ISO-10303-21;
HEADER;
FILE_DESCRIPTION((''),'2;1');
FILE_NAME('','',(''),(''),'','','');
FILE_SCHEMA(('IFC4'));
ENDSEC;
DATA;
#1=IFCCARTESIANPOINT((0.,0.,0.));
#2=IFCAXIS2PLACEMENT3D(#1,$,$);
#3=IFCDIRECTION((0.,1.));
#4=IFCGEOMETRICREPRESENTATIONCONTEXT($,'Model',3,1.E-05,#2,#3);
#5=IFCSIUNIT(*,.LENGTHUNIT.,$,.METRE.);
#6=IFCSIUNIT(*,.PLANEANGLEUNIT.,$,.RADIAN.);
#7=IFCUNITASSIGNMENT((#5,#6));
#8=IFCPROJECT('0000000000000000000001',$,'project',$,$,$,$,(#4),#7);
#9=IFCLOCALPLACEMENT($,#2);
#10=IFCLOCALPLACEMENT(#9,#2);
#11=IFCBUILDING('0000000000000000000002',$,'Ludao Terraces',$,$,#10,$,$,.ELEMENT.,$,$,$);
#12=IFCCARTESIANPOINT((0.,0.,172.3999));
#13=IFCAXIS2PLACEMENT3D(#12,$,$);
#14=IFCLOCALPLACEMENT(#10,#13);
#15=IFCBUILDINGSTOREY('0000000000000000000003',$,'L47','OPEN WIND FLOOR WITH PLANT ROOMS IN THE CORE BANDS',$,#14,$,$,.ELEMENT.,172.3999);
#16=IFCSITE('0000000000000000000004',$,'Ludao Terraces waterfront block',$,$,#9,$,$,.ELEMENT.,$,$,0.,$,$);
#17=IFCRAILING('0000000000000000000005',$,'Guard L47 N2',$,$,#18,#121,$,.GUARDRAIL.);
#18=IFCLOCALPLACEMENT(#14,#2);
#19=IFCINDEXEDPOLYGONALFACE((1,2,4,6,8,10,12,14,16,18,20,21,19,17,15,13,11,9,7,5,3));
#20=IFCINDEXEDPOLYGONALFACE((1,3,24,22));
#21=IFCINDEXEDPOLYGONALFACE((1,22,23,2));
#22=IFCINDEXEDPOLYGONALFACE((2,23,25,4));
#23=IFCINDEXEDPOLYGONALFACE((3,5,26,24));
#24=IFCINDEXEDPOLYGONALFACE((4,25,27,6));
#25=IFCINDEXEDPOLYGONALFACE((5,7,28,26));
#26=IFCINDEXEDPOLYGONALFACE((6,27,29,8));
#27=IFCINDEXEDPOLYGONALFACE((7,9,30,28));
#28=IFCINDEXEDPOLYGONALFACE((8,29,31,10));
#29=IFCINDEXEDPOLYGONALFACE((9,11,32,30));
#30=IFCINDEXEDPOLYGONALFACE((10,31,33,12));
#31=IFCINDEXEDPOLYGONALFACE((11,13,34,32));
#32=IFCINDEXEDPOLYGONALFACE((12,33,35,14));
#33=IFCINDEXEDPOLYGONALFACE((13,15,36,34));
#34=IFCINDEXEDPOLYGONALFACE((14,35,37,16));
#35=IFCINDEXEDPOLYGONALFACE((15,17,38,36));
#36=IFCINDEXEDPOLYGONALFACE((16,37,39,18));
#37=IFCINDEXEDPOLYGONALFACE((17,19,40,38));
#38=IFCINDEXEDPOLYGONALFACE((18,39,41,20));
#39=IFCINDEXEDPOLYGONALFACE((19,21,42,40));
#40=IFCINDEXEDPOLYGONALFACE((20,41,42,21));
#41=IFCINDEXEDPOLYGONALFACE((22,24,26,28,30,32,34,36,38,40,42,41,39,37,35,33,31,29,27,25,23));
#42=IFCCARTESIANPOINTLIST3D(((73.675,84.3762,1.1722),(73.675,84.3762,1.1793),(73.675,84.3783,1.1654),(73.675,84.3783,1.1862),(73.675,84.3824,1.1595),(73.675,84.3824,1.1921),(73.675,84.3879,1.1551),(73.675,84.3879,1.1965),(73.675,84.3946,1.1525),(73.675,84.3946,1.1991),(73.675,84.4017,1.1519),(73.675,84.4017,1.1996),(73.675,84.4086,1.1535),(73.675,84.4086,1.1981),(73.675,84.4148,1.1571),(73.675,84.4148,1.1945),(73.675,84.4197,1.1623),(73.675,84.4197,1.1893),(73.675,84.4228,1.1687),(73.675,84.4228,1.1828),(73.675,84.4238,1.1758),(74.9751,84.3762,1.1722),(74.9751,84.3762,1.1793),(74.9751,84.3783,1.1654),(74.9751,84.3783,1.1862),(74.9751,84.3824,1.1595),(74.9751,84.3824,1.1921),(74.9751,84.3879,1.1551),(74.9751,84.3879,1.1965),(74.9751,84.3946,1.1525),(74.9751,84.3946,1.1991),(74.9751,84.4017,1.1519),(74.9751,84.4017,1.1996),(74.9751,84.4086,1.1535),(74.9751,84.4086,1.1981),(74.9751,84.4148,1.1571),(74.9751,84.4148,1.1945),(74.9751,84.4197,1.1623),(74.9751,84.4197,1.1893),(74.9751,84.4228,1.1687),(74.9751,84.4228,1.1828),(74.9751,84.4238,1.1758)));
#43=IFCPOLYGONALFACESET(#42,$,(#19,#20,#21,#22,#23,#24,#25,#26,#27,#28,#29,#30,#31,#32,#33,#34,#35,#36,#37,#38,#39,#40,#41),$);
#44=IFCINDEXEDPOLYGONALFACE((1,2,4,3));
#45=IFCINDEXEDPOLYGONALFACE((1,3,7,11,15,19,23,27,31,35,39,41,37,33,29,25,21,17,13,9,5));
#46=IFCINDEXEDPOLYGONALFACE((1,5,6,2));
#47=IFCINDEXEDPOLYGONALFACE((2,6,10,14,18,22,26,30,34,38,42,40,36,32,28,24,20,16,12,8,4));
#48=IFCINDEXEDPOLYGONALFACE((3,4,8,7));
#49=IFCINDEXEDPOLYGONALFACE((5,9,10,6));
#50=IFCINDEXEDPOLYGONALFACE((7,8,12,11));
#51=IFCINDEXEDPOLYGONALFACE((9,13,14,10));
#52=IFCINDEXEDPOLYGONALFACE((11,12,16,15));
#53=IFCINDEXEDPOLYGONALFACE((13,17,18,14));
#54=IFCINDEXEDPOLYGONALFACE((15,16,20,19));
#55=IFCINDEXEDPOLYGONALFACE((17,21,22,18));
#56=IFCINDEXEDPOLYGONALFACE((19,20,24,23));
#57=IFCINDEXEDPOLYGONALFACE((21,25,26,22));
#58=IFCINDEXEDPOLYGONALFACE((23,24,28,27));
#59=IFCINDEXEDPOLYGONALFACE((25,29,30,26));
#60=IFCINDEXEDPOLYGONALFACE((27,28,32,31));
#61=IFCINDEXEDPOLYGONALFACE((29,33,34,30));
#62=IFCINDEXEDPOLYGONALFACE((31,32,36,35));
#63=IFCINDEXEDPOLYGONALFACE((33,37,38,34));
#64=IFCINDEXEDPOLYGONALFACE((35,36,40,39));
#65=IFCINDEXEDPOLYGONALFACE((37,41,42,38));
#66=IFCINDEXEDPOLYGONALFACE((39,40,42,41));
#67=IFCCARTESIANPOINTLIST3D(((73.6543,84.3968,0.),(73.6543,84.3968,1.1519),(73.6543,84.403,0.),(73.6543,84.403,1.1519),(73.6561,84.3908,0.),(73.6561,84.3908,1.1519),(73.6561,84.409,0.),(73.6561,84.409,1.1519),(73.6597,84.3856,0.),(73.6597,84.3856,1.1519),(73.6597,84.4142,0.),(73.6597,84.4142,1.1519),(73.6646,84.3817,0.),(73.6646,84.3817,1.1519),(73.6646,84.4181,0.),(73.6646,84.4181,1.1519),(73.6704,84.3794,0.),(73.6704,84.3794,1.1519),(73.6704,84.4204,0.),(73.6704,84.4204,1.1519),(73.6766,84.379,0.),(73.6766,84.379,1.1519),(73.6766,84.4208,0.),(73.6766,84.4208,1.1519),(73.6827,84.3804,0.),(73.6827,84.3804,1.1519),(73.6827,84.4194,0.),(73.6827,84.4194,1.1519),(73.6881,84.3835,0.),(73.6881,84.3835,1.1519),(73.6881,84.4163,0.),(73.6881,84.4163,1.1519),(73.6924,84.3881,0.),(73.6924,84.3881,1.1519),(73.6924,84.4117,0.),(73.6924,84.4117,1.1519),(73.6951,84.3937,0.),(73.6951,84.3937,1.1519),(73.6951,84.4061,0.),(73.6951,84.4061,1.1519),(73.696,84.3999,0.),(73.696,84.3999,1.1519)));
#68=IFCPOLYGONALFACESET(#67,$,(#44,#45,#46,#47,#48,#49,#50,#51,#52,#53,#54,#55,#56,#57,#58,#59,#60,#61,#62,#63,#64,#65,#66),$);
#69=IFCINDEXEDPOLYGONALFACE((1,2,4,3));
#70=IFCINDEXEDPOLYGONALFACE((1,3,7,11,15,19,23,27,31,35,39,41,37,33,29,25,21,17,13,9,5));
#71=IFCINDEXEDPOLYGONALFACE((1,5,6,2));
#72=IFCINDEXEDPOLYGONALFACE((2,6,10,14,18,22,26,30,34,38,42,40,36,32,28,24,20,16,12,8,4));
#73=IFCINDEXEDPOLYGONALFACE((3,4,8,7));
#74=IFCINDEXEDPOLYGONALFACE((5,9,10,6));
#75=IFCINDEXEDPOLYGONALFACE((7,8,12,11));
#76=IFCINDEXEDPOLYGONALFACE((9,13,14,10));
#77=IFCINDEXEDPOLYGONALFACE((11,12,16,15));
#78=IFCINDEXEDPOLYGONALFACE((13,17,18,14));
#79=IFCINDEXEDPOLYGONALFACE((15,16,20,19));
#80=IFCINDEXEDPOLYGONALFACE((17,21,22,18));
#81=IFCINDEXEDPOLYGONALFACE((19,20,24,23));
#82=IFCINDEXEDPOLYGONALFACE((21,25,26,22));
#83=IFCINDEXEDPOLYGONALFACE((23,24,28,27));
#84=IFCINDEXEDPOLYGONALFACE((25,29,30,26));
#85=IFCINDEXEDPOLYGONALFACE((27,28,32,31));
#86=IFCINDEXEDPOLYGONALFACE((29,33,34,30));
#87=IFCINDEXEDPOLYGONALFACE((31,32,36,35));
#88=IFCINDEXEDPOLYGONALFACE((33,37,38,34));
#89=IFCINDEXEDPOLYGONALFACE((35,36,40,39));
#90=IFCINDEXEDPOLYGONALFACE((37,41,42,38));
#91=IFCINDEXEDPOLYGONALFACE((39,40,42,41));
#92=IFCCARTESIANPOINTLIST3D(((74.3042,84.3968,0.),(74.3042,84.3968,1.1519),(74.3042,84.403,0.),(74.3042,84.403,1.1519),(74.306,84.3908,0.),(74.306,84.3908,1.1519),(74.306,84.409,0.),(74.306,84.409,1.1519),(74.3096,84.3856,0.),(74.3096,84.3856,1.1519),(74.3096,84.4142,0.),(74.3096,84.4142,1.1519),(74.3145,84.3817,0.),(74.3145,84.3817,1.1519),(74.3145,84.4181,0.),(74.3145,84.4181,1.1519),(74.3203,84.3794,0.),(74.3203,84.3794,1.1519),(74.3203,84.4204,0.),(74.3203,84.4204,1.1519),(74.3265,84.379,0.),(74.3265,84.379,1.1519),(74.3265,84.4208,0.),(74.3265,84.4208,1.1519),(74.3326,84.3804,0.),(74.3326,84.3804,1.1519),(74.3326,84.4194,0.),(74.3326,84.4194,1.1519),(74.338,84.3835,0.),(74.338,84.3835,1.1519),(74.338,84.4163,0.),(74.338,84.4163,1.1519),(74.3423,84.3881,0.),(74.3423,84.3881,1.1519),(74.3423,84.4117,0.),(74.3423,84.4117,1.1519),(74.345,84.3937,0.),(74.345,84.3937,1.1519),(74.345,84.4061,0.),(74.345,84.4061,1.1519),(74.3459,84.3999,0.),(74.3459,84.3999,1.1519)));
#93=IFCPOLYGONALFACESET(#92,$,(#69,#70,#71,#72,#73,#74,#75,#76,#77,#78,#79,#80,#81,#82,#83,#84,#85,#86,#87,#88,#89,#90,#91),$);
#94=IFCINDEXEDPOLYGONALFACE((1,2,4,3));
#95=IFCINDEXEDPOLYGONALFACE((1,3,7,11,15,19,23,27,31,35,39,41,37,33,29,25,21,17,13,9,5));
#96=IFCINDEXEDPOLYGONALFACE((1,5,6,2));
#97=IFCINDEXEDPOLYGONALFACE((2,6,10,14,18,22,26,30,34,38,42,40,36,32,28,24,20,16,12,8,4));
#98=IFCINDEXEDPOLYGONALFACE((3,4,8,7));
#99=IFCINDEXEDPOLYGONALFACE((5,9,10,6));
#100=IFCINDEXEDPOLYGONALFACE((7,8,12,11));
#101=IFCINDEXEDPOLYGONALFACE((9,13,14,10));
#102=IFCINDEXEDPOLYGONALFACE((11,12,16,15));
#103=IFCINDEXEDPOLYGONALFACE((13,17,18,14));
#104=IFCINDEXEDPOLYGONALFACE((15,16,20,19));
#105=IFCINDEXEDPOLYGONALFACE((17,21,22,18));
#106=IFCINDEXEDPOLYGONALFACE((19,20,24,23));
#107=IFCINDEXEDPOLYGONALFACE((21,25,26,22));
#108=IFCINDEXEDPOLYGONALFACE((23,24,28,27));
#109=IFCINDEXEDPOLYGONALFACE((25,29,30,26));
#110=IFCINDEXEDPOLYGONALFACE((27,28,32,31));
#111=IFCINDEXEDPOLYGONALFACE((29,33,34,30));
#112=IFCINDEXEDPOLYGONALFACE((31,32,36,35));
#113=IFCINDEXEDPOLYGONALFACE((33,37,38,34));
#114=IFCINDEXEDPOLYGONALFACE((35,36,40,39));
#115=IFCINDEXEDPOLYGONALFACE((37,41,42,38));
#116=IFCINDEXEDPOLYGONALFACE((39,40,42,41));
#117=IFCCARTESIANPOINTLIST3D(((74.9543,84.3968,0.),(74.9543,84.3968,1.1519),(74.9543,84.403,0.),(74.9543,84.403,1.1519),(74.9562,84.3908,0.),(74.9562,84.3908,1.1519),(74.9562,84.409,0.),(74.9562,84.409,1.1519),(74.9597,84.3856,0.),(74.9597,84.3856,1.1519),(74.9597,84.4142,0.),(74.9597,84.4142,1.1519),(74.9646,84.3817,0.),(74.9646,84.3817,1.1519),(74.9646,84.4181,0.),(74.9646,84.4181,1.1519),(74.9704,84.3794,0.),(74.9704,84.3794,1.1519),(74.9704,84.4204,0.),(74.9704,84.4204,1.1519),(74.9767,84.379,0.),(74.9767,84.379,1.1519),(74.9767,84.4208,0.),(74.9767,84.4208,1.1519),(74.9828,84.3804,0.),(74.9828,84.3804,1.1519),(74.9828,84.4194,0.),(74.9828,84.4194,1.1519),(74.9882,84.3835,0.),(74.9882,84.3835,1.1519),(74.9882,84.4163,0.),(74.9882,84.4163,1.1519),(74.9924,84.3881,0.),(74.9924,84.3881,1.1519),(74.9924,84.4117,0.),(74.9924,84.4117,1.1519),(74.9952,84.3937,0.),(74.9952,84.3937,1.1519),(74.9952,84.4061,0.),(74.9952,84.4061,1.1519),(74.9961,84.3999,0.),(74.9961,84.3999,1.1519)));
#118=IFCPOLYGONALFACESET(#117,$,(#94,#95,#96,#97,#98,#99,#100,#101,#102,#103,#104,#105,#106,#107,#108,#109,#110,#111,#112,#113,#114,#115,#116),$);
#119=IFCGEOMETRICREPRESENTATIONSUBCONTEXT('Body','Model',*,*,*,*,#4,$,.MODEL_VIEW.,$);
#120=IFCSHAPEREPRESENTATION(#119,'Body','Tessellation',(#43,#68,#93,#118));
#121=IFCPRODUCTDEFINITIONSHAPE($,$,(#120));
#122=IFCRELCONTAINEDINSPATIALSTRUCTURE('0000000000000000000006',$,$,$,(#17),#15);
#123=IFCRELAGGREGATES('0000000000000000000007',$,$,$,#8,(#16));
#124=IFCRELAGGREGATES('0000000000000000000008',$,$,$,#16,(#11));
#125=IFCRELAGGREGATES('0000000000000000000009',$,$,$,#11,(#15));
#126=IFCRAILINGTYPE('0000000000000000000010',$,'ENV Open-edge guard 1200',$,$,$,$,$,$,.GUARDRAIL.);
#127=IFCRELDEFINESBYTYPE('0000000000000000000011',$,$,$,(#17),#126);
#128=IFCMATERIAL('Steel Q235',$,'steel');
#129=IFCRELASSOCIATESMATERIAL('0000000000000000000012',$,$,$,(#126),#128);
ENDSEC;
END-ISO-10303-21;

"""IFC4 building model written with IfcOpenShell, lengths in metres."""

from ifc_helpers import new_model, si_unit, direction, frame, origin, origin_2d, place, context, subcontext, project, spatial, circle, extrude, material, type_object, element, save


model = new_model("IFC4")

# Units and contexts
model_context = context("Model", 3, precision=1e-05, world=origin(), true_north=direction((0.0, 1.0)))
body_context = subcontext(model_context, "Body", "Model", "MODEL_VIEW")
ifc_project = project(units=[si_unit("LENGTHUNIT", "METRE"), si_unit("PLANEANGLEUNIT", "RADIAN")], contexts=[model_context])

# Site, building, storey
site_placement = place(None, origin())
site = spatial("IfcSite", under=ifc_project, at=site_placement, Name="Ludao Terraces waterfront block", CompositionType="ELEMENT", RefElevation=0.0)
building_placement = place(site_placement, origin())
building = spatial("IfcBuilding", under=site, at=building_placement, Name="Ludao Terraces", CompositionType="ELEMENT")
storey_placement = place(building_placement, frame((0.0, 0.0, 172.3999)))
storey = spatial("IfcBuildingStorey", under=building, at=storey_placement, Name="L47", Description="OPEN WIND FLOOR WITH PLANT ROOMS IN THE CORE BANDS", CompositionType="ELEMENT", Elevation=172.3999)

# Shared definitions
ifc_material_1 = material(Name="Steel Q235", Category="steel")

# Railing
railing_type_1 = type_object("IfcRailingType", Name="ENV Open-edge guard 1200", PredefinedType="GUARDRAIL", material=ifc_material_1)
railing_1_placement = place(storey_placement, frame((73.675, 84.3999, 0.0)))
element("IfcRailing", 1, at=railing_1_placement, inside=storey, type_object=railing_type_1, Name="Guard L47 N2", PredefinedType="GUARDRAIL", context=body_context, shape_type="SweptSolid", body=[
    extrude(circle(Radius=0.0239, at=origin_2d()), frame((0.0, 0.0, 1.1758), z_axis=(1.0, 0.0, 0.0), x_axis=(0.0, 1.0, 0.0)), (0.0, 0.0, 1.0), 1.3),
    extrude(circle(Radius=0.021, at=origin_2d()), origin(), (0.0, 0.0, 1.0), 1.1519),
    extrude(circle(Radius=0.021, at=origin_2d()), frame((0.6499, 0.0, 0.0)), (0.0, 0.0, 1.0), 1.1519),
    extrude(circle(Radius=0.021, at=origin_2d()), frame((1.3, 0.0, 0.0)), (0.0, 0.0, 1.0), 1.1519),
])

save(model, "model.ifc")
